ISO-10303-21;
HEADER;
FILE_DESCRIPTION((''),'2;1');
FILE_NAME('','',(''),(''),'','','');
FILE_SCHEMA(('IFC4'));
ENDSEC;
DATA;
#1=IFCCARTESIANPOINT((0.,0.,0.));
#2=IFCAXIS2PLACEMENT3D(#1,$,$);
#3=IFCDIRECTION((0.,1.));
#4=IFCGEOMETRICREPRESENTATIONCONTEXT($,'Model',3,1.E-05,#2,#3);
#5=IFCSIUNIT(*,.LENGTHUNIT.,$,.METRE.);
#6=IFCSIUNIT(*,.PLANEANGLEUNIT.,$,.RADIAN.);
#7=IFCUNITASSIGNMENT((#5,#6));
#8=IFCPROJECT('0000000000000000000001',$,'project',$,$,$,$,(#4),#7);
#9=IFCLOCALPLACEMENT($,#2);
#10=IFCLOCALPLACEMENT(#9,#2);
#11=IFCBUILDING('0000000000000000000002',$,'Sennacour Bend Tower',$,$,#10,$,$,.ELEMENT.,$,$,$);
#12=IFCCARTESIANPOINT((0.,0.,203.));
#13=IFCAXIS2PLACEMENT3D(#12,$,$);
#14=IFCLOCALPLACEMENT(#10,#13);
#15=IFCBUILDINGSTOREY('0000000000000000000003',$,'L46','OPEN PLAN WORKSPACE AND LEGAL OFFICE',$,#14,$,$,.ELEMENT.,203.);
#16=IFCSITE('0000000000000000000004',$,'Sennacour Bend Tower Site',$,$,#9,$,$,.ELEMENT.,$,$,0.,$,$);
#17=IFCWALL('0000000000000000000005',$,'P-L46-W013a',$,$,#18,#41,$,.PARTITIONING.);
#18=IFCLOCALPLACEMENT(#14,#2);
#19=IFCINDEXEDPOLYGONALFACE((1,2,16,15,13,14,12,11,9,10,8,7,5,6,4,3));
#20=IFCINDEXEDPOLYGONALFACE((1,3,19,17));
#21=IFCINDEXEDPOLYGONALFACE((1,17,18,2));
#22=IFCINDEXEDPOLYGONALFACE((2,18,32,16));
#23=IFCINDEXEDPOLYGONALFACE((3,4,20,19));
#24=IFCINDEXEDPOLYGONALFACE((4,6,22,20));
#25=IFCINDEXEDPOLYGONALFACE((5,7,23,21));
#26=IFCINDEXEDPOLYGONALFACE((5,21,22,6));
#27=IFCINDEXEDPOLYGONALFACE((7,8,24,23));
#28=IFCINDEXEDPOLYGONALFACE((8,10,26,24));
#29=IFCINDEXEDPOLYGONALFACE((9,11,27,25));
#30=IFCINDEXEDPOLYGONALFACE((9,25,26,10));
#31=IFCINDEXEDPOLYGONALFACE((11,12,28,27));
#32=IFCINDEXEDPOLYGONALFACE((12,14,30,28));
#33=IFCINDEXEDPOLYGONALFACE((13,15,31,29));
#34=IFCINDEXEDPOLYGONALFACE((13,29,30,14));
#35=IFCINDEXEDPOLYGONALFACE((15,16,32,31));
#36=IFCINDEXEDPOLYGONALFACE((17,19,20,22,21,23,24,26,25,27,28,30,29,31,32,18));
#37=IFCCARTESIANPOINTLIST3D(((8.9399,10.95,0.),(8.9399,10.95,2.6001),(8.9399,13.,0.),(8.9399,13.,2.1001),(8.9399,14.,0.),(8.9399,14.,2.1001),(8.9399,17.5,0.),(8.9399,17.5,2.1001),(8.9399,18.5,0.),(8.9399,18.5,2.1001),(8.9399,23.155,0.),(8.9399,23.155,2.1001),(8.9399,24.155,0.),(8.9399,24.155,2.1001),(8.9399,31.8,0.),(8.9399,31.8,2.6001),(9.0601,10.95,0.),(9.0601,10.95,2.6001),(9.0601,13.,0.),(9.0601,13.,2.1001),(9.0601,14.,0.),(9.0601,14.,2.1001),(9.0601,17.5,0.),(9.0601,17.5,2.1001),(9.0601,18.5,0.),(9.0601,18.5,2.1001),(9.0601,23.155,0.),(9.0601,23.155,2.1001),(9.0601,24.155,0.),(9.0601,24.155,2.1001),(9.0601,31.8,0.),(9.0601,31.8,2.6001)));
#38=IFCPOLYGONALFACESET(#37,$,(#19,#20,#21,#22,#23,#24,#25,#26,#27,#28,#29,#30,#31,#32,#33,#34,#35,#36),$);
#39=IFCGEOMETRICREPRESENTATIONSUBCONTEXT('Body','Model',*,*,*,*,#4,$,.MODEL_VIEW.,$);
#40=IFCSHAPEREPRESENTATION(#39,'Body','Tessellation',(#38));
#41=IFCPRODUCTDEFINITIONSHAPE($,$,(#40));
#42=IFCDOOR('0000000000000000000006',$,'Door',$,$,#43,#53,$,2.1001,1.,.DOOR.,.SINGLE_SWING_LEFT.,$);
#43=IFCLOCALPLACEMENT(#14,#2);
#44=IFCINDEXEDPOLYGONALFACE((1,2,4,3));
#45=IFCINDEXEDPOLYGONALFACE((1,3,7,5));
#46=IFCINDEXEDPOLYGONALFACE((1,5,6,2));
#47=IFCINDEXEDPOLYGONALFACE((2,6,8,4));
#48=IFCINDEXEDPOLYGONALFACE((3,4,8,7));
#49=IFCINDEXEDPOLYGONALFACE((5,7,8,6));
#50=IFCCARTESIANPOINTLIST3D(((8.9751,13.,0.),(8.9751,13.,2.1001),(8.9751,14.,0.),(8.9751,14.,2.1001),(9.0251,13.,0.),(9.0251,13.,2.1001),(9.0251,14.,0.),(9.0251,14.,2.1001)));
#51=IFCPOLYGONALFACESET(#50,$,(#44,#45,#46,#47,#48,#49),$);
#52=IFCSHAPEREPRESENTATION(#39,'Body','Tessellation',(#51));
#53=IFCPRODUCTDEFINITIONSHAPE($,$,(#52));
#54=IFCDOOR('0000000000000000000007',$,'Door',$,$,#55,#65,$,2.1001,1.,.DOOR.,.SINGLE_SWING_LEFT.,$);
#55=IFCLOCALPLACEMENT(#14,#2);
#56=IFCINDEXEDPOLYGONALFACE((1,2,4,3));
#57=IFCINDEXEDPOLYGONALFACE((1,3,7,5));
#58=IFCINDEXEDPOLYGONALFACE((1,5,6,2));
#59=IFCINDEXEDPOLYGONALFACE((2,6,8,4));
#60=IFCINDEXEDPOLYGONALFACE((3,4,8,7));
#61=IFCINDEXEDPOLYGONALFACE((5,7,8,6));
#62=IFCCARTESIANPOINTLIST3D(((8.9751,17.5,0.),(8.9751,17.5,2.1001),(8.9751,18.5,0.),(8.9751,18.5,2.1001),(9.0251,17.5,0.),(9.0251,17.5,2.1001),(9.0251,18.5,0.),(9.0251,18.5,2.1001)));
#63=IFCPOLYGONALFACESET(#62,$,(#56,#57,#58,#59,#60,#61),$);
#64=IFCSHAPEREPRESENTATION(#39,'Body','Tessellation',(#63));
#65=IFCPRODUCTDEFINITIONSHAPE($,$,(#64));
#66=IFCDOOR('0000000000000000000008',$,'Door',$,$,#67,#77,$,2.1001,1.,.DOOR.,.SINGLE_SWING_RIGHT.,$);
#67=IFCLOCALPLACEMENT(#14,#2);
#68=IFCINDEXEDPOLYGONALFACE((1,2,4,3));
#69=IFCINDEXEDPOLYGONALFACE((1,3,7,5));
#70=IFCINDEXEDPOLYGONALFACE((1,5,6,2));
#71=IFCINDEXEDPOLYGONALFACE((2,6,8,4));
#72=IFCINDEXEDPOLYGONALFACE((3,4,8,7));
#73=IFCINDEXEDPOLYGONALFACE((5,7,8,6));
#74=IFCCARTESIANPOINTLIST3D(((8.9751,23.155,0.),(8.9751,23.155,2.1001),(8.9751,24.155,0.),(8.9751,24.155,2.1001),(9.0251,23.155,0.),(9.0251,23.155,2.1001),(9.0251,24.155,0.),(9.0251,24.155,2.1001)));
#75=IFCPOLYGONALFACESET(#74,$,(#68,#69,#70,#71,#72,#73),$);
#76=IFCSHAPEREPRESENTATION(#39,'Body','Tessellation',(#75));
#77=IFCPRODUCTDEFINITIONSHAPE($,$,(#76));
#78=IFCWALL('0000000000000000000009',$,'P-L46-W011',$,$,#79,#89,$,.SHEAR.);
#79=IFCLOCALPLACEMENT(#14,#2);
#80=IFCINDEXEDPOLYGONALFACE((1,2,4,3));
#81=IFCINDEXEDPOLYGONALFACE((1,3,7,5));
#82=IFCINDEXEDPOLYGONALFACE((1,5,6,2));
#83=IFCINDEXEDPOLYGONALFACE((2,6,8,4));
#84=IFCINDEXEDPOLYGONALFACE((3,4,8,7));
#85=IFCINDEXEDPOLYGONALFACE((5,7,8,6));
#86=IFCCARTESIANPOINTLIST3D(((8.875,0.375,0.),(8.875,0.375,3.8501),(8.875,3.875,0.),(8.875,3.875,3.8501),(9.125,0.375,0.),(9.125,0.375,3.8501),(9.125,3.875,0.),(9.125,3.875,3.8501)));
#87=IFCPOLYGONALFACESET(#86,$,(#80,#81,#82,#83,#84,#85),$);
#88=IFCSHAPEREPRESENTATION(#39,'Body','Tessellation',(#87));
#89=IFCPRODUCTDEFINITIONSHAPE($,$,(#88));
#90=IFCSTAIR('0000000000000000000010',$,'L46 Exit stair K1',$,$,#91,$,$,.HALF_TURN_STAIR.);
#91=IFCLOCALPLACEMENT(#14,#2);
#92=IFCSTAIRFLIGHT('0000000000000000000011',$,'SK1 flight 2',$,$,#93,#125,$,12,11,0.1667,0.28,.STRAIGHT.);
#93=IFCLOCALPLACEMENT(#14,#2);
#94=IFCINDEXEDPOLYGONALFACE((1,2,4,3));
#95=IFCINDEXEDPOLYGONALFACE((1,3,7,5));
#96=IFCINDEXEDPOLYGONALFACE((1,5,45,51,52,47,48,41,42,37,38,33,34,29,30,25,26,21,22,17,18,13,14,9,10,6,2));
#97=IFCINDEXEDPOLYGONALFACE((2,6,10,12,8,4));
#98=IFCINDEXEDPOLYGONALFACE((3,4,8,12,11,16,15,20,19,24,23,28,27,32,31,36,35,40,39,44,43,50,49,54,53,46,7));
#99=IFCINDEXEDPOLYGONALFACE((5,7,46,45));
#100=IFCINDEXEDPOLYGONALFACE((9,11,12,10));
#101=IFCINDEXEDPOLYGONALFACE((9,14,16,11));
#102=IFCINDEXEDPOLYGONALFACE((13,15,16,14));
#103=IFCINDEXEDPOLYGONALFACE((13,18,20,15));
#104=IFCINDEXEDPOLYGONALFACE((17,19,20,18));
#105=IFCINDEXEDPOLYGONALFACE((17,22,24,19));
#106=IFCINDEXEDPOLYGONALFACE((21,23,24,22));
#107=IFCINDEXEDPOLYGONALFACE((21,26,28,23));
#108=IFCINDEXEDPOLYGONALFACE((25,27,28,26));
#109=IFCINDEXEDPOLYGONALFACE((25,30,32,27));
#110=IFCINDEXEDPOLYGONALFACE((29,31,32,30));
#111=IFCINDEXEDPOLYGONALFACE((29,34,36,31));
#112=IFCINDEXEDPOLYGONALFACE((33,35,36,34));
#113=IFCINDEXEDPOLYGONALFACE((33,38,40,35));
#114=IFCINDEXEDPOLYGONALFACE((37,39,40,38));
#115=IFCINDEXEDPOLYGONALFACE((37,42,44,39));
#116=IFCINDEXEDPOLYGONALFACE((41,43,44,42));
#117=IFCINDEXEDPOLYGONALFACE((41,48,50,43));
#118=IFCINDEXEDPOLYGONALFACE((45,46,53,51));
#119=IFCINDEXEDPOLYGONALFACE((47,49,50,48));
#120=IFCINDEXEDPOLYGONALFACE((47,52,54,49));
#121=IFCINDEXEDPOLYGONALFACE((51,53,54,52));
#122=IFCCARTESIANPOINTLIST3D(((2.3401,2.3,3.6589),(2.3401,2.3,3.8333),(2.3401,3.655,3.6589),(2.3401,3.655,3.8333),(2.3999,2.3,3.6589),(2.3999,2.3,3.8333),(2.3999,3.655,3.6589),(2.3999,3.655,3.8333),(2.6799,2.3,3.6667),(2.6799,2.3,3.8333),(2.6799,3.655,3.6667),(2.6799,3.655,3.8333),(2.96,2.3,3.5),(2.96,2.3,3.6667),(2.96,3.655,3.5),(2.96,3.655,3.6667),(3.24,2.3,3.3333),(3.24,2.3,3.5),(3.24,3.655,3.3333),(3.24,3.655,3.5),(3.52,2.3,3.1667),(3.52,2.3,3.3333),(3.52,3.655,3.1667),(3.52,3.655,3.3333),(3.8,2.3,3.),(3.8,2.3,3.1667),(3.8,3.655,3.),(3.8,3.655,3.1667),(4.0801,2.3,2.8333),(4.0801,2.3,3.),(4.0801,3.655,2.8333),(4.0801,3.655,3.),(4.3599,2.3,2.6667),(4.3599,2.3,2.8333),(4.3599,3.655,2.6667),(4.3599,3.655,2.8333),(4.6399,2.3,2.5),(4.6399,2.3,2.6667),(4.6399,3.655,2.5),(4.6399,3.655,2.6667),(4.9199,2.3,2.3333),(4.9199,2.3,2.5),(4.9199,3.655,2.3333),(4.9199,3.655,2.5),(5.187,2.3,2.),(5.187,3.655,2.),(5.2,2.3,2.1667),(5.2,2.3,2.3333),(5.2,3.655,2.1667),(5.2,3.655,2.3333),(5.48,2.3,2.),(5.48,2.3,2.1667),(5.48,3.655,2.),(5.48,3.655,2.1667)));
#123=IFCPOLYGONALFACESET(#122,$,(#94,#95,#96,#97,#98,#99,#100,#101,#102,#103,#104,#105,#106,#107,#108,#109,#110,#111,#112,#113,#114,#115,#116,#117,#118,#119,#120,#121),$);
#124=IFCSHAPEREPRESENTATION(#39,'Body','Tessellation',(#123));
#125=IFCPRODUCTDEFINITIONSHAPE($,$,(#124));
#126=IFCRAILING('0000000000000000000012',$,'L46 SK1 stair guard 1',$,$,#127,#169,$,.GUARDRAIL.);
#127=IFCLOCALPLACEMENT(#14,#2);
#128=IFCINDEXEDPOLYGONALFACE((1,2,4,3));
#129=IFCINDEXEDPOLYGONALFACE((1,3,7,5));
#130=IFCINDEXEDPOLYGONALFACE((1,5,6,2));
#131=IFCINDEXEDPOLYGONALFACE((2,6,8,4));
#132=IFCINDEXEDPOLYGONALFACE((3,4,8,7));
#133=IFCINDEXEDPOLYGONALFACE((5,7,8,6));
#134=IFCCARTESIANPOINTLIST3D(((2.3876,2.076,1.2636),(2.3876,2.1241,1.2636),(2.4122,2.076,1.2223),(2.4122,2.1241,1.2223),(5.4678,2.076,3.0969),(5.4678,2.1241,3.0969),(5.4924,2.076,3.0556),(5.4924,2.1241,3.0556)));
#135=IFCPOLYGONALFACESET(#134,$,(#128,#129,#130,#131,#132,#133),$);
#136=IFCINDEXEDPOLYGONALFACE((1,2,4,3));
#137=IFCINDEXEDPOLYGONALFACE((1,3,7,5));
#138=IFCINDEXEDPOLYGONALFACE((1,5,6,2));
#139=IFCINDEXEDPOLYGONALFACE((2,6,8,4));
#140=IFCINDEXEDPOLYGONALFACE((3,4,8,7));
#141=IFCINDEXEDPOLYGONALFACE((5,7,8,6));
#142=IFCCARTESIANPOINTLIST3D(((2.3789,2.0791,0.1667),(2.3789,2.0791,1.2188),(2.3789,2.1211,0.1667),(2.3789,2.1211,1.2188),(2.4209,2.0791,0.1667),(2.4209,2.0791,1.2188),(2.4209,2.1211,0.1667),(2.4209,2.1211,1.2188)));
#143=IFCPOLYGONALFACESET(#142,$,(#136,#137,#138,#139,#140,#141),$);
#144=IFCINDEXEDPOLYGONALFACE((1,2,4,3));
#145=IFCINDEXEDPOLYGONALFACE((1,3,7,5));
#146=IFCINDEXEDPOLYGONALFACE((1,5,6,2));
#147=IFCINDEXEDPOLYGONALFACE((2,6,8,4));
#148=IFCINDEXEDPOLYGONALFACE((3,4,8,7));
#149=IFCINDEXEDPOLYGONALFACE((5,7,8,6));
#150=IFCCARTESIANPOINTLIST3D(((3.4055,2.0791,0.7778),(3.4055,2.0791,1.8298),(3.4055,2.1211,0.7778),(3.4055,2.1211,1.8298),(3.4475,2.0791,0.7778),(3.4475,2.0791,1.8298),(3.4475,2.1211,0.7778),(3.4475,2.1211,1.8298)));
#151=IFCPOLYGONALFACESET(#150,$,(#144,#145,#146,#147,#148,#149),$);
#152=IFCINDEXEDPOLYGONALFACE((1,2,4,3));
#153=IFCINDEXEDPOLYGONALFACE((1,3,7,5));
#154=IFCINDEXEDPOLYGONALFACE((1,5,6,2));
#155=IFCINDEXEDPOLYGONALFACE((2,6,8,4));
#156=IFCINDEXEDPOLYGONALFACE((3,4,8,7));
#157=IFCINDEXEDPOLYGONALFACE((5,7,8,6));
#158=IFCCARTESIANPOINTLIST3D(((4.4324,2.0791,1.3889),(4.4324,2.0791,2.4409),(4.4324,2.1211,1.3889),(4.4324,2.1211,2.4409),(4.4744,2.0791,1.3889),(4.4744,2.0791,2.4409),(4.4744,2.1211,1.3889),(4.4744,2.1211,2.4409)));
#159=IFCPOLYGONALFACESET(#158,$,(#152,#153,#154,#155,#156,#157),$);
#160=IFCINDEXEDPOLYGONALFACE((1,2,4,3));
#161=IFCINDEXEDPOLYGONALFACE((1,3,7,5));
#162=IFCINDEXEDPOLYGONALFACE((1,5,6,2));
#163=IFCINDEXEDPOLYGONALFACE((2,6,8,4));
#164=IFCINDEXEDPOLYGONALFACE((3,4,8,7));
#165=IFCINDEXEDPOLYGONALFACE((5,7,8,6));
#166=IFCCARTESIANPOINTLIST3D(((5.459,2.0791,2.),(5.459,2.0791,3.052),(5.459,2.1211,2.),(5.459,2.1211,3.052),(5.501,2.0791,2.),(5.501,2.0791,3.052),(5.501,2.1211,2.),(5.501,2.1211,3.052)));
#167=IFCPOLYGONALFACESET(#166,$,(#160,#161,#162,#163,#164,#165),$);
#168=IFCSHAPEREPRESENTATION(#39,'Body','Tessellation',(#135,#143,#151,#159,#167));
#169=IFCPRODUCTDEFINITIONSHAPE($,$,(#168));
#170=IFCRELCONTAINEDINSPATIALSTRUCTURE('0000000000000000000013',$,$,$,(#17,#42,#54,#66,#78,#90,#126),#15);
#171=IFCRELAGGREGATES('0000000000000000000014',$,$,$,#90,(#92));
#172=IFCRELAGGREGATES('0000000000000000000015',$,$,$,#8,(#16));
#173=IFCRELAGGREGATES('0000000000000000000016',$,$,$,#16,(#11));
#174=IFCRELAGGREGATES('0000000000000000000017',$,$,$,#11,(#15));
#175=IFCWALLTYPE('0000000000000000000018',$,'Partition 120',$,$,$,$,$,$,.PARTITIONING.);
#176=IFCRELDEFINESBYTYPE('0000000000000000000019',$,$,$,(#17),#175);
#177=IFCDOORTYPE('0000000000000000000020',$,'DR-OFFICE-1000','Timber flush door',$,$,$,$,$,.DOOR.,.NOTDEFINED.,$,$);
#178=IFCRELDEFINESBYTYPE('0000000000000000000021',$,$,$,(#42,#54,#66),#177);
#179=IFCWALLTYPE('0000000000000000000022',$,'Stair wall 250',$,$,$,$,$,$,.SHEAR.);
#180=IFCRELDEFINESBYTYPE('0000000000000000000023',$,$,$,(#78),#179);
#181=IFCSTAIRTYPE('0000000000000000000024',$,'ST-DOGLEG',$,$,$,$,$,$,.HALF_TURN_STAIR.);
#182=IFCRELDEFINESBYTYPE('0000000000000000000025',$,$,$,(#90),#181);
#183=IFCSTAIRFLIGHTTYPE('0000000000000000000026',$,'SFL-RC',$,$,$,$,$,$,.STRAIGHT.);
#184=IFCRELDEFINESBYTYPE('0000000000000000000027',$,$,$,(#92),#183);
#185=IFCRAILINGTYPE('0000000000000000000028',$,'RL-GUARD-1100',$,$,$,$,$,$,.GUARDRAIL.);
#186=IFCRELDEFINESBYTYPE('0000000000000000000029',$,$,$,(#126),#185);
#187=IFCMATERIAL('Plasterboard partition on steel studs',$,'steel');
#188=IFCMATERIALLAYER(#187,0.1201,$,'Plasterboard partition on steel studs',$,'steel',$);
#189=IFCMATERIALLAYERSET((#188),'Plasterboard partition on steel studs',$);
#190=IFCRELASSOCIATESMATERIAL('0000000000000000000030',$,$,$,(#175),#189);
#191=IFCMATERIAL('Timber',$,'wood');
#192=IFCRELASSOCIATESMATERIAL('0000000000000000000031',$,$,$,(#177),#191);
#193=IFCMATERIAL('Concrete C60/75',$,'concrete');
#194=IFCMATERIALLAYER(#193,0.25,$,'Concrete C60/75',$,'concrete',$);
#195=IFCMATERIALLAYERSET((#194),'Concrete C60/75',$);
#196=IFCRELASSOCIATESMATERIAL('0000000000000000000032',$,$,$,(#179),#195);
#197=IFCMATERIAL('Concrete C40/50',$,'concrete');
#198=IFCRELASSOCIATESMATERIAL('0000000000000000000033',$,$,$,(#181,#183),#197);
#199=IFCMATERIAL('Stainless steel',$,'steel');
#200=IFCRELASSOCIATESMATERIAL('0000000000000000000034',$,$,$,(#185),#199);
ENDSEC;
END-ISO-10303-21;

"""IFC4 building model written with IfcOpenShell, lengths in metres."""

from ifc_helpers import new_model, si_unit, direction, frame, frame_2d, origin, origin_2d, place, context, subcontext, project, spatial, polyline, rectangle, outline, extrude, material, layer, layer_set, type_object, element, fill, aggregate, save


model = new_model("IFC4")

# Units and contexts
model_context = context("Model", 3, precision=1e-05, world=origin(), true_north=direction((0.0, 1.0)))
body_context = subcontext(model_context, "Body", "Model", "MODEL_VIEW")
ifc_project = project(units=[si_unit("LENGTHUNIT", "METRE"), si_unit("PLANEANGLEUNIT", "RADIAN")], contexts=[model_context])

# Site, building, storey
site_placement = place(None, origin())
site = spatial("IfcSite", under=ifc_project, at=site_placement, Name="Sennacour Bend Tower Site", CompositionType="ELEMENT", RefElevation=0.0)
building_placement = place(site_placement, origin())
building = spatial("IfcBuilding", under=site, at=building_placement, Name="Sennacour Bend Tower", CompositionType="ELEMENT")
storey_placement = place(building_placement, frame((0.0, 0.0, 203.0)))
storey = spatial("IfcBuildingStorey", under=building, at=storey_placement, Name="L46", Description="OPEN PLAN WORKSPACE AND LEGAL OFFICE", CompositionType="ELEMENT", Elevation=203.0)

# Shared definitions
ifc_material_1 = material(Name="Plasterboard partition on steel studs", Category="steel")
ifc_layer_1 = layer(ifc_material_1, 0.1201, Name="Plasterboard partition on steel studs", Category="steel")
ifc_layer_set_1 = layer_set([ifc_layer_1], Name="Plasterboard partition on steel studs")
wall_type_1 = type_object("IfcWallType", Name="Partition 120", PredefinedType="PARTITIONING", material=ifc_layer_set_1)

# Wall, openings, doors
wall_1_placement = place(storey_placement, frame((9.0, 10.95, 0.0), z_axis=(0.0, 0.0, 1.0), x_axis=(0.0, 1.0, 0.0)))
wall_1 = element("IfcWall", 1, at=wall_1_placement, inside=storey, type_object=wall_type_1, Name="P-L46-W013a", PredefinedType="PARTITIONING", context=body_context, shape_type="SweptSolid", body=[
    extrude(rectangle(XDim=20.8501, YDim=0.1201, at=frame_2d((10.425, 0.0))), origin(), (0.0, 0.0, 1.0), 2.6001),
])
opening_1_placement = place(wall_1_placement, frame((2.05, 0.0, 0.0)))
opening_1 = element("IfcOpeningElement", 2, at=opening_1_placement, cuts=wall_1, PredefinedType="OPENING", context=body_context, shape_type="SweptSolid", body=[
    extrude(rectangle(XDim=1.0, YDim=2.1001, at=frame_2d((0.5, 1.05))), frame((0.0, 0.0701, 0.0), z_axis=(0.0, -1.0, 0.0), x_axis=(1.0, 0.0, 0.0)), (0.0, 0.0, 1.0), 0.1401),
])
opening_2_placement = place(wall_1_placement, frame((6.55, 0.0, 0.0)))
opening_2 = element("IfcOpeningElement", 3, at=opening_2_placement, cuts=wall_1, PredefinedType="OPENING", context=body_context, shape_type="SweptSolid", body=[
    extrude(rectangle(XDim=1.0, YDim=2.1001, at=frame_2d((0.5, 1.05))), frame((0.0, 0.0701, 0.0), z_axis=(0.0, -1.0, 0.0), x_axis=(1.0, 0.0, 0.0)), (0.0, 0.0, 1.0), 0.1401),
])
opening_3_placement = place(wall_1_placement, frame((12.2051, 0.0, 0.0)))
opening_3 = element("IfcOpeningElement", 4, at=opening_3_placement, cuts=wall_1, PredefinedType="OPENING", context=body_context, shape_type="SweptSolid", body=[
    extrude(rectangle(XDim=1.0, YDim=2.1001, at=frame_2d((0.5, 1.05))), frame((0.0, 0.0701, 0.0), z_axis=(0.0, -1.0, 0.0), x_axis=(1.0, 0.0, 0.0)), (0.0, 0.0, 1.0), 0.1401),
])
ifc_material_2 = material(Name="Timber", Category="wood")
door_type = type_object("IfcDoorType", Name="DR-OFFICE-1000", Description="Timber flush door", OperationType="NOTDEFINED", PredefinedType="DOOR", material=ifc_material_2)
door_1_placement = place(opening_1_placement, origin())
door_1 = element("IfcDoor", 5, at=door_1_placement, inside=storey, type_object=door_type, Name="Door", OperationType="SINGLE_SWING_LEFT", OverallHeight=2.1001, OverallWidth=1.0, PredefinedType="DOOR", context=body_context, shape_type="SweptSolid", body=[
    extrude(rectangle(XDim=1.0, YDim=2.1001, at=frame_2d((0.5, 1.05))), frame((0.0, 0.0249, 0.0), z_axis=(0.0, -1.0, 0.0), x_axis=(1.0, 0.0, 0.0)), (0.0, 0.0, 1.0), 0.05),
])
fill(opening_1, door_1)
door_2_placement = place(opening_2_placement, origin())
door_2 = element("IfcDoor", 6, at=door_2_placement, inside=storey, type_object=door_type, Name="Door", OperationType="SINGLE_SWING_LEFT", OverallHeight=2.1001, OverallWidth=1.0, PredefinedType="DOOR", context=body_context, shape_type="SweptSolid", body=[
    extrude(rectangle(XDim=1.0, YDim=2.1001, at=frame_2d((0.5, 1.05))), frame((0.0, 0.0249, 0.0), z_axis=(0.0, -1.0, 0.0), x_axis=(1.0, 0.0, 0.0)), (0.0, 0.0, 1.0), 0.05),
])
fill(opening_2, door_2)
door_3_placement = place(opening_3_placement, origin())
door_3 = element("IfcDoor", 7, at=door_3_placement, inside=storey, type_object=door_type, Name="Door", OperationType="SINGLE_SWING_RIGHT", OverallHeight=2.1001, OverallWidth=1.0, PredefinedType="DOOR", context=body_context, shape_type="SweptSolid", body=[
    extrude(rectangle(XDim=1.0, YDim=2.1001, at=frame_2d((0.5, 1.05))), frame((0.0, 0.0249, 0.0), z_axis=(0.0, -1.0, 0.0), x_axis=(1.0, 0.0, 0.0)), (0.0, 0.0, 1.0), 0.05),
])
fill(opening_3, door_3)

# Wall
ifc_material_3 = material(Name="Concrete C60/75", Category="concrete")
ifc_layer_2 = layer(ifc_material_3, 0.25, Name="Concrete C60/75", Category="concrete")
ifc_layer_set_2 = layer_set([ifc_layer_2], Name="Concrete C60/75")
wall_type_2 = type_object("IfcWallType", Name="Stair wall 250", PredefinedType="SHEAR", material=ifc_layer_set_2)
wall_2_placement = place(storey_placement, frame((9.0, 0.375, 0.0), z_axis=(0.0, 0.0, 1.0), x_axis=(0.0, 1.0, 0.0)))
element("IfcWall", 8, at=wall_2_placement, inside=storey, type_object=wall_type_2, Name="P-L46-W011", PredefinedType="SHEAR", context=body_context, shape_type="SweptSolid", body=[
    extrude(rectangle(XDim=3.5, YDim=0.25, at=frame_2d((1.75, 0.0))), origin(), (0.0, 0.0, 1.0), 3.8501),
])

# Stair, stair flight
ifc_material_4 = material(Name="Concrete C40/50", Category="concrete")
stair_type = type_object("IfcStairType", Name="ST-DOGLEG", PredefinedType="HALF_TURN_STAIR", material=ifc_material_4)
stair_placement = place(storey_placement, origin())
stair = element("IfcStair", 9, at=stair_placement, inside=storey, type_object=stair_type, Name="L46 Exit stair K1", PredefinedType="HALF_TURN_STAIR")
stair_flight_type = type_object("IfcStairFlightType", Name="SFL-RC", PredefinedType="STRAIGHT", material=ifc_material_4)
stair_flight_placement = place(storey_placement, frame((5.48, 2.9775, 2.0), z_axis=(0.0, 0.0, 1.0), x_axis=(-1.0, 0.0, 0.0)))
stair_flight = element("IfcStairFlight", 10, at=stair_flight_placement, type_object=stair_flight_type, Name="SK1 flight 2", NumberOfRisers=12, NumberOfTreads=11, PredefinedType="STRAIGHT", RiserHeight=0.1667, TreadLength=0.28, context=body_context, shape_type="SweptSolid", body=[
    extrude(outline(polyline([(0.0, 0.0), (0.0, 0.1667), (0.28, 0.1667), (0.28, 0.3333), (0.5601, 0.3333), (0.5601, 0.5), (0.8401, 0.5), (0.8401, 0.6667), (1.1201, 0.6667), (1.1201, 0.8333), (1.3999, 0.8333), (1.3999, 1.0), (1.6799, 1.0), (1.6799, 1.1667), (1.96, 1.1667), (1.96, 1.3333), (2.24, 1.3333), (2.24, 1.5), (2.52, 1.5), (2.52, 1.6667), (2.8, 1.6667), (2.8, 1.8333), (3.0801, 1.8333), (3.1399, 1.8333), (3.1399, 1.6589), (3.0801, 1.6589), (0.293, 0.0), (0.0, 0.0)])), frame((0.0, 0.6775, 0.0), z_axis=(0.0, -1.0, 0.0), x_axis=(1.0, 0.0, 0.0)), (0.0, 0.0, 1.0), 1.355),
])
aggregate(stair, [stair_flight])

# Railing
ifc_material_5 = material(Name="Stainless steel", Category="steel")
railing_type_1 = type_object("IfcRailingType", Name="RL-GUARD-1100", PredefinedType="GUARDRAIL", material=ifc_material_5)
railing_1_placement = place(storey_placement, frame((2.3999, 2.1001, 0.1667)))
element("IfcRailing", 11, at=railing_1_placement, inside=storey, type_object=railing_type_1, Name="L46 SK1 stair guard 1", PredefinedType="GUARDRAIL", context=body_context, shape_type="SweptSolid", body=[
    extrude(rectangle(XDim=0.0481, YDim=0.0481, at=origin_2d()), frame((0.0, 0.0, 1.0762), z_axis=(0.859309, 0.0, 0.511458), x_axis=(0.0, 1.0, 0.0)), (0.0, 0.0, 1.0), 3.5845),
    extrude(rectangle(XDim=0.042, YDim=0.042, at=origin_2d()), origin(), (0.0, 0.0, 1.0), 1.052),
    extrude(rectangle(XDim=0.042, YDim=0.042, at=origin_2d()), frame((1.0266, 0.0, 0.6111)), (0.0, 0.0, 1.0), 1.052),
    extrude(rectangle(XDim=0.042, YDim=0.042, at=origin_2d()), frame((2.0535, 0.0, 1.2222)), (0.0, 0.0, 1.0), 1.052),
    extrude(rectangle(XDim=0.042, YDim=0.042, at=origin_2d()), frame((3.0801, 0.0, 1.8333)), (0.0, 0.0, 1.0), 1.052),
])

save(model, "model.ifc")
